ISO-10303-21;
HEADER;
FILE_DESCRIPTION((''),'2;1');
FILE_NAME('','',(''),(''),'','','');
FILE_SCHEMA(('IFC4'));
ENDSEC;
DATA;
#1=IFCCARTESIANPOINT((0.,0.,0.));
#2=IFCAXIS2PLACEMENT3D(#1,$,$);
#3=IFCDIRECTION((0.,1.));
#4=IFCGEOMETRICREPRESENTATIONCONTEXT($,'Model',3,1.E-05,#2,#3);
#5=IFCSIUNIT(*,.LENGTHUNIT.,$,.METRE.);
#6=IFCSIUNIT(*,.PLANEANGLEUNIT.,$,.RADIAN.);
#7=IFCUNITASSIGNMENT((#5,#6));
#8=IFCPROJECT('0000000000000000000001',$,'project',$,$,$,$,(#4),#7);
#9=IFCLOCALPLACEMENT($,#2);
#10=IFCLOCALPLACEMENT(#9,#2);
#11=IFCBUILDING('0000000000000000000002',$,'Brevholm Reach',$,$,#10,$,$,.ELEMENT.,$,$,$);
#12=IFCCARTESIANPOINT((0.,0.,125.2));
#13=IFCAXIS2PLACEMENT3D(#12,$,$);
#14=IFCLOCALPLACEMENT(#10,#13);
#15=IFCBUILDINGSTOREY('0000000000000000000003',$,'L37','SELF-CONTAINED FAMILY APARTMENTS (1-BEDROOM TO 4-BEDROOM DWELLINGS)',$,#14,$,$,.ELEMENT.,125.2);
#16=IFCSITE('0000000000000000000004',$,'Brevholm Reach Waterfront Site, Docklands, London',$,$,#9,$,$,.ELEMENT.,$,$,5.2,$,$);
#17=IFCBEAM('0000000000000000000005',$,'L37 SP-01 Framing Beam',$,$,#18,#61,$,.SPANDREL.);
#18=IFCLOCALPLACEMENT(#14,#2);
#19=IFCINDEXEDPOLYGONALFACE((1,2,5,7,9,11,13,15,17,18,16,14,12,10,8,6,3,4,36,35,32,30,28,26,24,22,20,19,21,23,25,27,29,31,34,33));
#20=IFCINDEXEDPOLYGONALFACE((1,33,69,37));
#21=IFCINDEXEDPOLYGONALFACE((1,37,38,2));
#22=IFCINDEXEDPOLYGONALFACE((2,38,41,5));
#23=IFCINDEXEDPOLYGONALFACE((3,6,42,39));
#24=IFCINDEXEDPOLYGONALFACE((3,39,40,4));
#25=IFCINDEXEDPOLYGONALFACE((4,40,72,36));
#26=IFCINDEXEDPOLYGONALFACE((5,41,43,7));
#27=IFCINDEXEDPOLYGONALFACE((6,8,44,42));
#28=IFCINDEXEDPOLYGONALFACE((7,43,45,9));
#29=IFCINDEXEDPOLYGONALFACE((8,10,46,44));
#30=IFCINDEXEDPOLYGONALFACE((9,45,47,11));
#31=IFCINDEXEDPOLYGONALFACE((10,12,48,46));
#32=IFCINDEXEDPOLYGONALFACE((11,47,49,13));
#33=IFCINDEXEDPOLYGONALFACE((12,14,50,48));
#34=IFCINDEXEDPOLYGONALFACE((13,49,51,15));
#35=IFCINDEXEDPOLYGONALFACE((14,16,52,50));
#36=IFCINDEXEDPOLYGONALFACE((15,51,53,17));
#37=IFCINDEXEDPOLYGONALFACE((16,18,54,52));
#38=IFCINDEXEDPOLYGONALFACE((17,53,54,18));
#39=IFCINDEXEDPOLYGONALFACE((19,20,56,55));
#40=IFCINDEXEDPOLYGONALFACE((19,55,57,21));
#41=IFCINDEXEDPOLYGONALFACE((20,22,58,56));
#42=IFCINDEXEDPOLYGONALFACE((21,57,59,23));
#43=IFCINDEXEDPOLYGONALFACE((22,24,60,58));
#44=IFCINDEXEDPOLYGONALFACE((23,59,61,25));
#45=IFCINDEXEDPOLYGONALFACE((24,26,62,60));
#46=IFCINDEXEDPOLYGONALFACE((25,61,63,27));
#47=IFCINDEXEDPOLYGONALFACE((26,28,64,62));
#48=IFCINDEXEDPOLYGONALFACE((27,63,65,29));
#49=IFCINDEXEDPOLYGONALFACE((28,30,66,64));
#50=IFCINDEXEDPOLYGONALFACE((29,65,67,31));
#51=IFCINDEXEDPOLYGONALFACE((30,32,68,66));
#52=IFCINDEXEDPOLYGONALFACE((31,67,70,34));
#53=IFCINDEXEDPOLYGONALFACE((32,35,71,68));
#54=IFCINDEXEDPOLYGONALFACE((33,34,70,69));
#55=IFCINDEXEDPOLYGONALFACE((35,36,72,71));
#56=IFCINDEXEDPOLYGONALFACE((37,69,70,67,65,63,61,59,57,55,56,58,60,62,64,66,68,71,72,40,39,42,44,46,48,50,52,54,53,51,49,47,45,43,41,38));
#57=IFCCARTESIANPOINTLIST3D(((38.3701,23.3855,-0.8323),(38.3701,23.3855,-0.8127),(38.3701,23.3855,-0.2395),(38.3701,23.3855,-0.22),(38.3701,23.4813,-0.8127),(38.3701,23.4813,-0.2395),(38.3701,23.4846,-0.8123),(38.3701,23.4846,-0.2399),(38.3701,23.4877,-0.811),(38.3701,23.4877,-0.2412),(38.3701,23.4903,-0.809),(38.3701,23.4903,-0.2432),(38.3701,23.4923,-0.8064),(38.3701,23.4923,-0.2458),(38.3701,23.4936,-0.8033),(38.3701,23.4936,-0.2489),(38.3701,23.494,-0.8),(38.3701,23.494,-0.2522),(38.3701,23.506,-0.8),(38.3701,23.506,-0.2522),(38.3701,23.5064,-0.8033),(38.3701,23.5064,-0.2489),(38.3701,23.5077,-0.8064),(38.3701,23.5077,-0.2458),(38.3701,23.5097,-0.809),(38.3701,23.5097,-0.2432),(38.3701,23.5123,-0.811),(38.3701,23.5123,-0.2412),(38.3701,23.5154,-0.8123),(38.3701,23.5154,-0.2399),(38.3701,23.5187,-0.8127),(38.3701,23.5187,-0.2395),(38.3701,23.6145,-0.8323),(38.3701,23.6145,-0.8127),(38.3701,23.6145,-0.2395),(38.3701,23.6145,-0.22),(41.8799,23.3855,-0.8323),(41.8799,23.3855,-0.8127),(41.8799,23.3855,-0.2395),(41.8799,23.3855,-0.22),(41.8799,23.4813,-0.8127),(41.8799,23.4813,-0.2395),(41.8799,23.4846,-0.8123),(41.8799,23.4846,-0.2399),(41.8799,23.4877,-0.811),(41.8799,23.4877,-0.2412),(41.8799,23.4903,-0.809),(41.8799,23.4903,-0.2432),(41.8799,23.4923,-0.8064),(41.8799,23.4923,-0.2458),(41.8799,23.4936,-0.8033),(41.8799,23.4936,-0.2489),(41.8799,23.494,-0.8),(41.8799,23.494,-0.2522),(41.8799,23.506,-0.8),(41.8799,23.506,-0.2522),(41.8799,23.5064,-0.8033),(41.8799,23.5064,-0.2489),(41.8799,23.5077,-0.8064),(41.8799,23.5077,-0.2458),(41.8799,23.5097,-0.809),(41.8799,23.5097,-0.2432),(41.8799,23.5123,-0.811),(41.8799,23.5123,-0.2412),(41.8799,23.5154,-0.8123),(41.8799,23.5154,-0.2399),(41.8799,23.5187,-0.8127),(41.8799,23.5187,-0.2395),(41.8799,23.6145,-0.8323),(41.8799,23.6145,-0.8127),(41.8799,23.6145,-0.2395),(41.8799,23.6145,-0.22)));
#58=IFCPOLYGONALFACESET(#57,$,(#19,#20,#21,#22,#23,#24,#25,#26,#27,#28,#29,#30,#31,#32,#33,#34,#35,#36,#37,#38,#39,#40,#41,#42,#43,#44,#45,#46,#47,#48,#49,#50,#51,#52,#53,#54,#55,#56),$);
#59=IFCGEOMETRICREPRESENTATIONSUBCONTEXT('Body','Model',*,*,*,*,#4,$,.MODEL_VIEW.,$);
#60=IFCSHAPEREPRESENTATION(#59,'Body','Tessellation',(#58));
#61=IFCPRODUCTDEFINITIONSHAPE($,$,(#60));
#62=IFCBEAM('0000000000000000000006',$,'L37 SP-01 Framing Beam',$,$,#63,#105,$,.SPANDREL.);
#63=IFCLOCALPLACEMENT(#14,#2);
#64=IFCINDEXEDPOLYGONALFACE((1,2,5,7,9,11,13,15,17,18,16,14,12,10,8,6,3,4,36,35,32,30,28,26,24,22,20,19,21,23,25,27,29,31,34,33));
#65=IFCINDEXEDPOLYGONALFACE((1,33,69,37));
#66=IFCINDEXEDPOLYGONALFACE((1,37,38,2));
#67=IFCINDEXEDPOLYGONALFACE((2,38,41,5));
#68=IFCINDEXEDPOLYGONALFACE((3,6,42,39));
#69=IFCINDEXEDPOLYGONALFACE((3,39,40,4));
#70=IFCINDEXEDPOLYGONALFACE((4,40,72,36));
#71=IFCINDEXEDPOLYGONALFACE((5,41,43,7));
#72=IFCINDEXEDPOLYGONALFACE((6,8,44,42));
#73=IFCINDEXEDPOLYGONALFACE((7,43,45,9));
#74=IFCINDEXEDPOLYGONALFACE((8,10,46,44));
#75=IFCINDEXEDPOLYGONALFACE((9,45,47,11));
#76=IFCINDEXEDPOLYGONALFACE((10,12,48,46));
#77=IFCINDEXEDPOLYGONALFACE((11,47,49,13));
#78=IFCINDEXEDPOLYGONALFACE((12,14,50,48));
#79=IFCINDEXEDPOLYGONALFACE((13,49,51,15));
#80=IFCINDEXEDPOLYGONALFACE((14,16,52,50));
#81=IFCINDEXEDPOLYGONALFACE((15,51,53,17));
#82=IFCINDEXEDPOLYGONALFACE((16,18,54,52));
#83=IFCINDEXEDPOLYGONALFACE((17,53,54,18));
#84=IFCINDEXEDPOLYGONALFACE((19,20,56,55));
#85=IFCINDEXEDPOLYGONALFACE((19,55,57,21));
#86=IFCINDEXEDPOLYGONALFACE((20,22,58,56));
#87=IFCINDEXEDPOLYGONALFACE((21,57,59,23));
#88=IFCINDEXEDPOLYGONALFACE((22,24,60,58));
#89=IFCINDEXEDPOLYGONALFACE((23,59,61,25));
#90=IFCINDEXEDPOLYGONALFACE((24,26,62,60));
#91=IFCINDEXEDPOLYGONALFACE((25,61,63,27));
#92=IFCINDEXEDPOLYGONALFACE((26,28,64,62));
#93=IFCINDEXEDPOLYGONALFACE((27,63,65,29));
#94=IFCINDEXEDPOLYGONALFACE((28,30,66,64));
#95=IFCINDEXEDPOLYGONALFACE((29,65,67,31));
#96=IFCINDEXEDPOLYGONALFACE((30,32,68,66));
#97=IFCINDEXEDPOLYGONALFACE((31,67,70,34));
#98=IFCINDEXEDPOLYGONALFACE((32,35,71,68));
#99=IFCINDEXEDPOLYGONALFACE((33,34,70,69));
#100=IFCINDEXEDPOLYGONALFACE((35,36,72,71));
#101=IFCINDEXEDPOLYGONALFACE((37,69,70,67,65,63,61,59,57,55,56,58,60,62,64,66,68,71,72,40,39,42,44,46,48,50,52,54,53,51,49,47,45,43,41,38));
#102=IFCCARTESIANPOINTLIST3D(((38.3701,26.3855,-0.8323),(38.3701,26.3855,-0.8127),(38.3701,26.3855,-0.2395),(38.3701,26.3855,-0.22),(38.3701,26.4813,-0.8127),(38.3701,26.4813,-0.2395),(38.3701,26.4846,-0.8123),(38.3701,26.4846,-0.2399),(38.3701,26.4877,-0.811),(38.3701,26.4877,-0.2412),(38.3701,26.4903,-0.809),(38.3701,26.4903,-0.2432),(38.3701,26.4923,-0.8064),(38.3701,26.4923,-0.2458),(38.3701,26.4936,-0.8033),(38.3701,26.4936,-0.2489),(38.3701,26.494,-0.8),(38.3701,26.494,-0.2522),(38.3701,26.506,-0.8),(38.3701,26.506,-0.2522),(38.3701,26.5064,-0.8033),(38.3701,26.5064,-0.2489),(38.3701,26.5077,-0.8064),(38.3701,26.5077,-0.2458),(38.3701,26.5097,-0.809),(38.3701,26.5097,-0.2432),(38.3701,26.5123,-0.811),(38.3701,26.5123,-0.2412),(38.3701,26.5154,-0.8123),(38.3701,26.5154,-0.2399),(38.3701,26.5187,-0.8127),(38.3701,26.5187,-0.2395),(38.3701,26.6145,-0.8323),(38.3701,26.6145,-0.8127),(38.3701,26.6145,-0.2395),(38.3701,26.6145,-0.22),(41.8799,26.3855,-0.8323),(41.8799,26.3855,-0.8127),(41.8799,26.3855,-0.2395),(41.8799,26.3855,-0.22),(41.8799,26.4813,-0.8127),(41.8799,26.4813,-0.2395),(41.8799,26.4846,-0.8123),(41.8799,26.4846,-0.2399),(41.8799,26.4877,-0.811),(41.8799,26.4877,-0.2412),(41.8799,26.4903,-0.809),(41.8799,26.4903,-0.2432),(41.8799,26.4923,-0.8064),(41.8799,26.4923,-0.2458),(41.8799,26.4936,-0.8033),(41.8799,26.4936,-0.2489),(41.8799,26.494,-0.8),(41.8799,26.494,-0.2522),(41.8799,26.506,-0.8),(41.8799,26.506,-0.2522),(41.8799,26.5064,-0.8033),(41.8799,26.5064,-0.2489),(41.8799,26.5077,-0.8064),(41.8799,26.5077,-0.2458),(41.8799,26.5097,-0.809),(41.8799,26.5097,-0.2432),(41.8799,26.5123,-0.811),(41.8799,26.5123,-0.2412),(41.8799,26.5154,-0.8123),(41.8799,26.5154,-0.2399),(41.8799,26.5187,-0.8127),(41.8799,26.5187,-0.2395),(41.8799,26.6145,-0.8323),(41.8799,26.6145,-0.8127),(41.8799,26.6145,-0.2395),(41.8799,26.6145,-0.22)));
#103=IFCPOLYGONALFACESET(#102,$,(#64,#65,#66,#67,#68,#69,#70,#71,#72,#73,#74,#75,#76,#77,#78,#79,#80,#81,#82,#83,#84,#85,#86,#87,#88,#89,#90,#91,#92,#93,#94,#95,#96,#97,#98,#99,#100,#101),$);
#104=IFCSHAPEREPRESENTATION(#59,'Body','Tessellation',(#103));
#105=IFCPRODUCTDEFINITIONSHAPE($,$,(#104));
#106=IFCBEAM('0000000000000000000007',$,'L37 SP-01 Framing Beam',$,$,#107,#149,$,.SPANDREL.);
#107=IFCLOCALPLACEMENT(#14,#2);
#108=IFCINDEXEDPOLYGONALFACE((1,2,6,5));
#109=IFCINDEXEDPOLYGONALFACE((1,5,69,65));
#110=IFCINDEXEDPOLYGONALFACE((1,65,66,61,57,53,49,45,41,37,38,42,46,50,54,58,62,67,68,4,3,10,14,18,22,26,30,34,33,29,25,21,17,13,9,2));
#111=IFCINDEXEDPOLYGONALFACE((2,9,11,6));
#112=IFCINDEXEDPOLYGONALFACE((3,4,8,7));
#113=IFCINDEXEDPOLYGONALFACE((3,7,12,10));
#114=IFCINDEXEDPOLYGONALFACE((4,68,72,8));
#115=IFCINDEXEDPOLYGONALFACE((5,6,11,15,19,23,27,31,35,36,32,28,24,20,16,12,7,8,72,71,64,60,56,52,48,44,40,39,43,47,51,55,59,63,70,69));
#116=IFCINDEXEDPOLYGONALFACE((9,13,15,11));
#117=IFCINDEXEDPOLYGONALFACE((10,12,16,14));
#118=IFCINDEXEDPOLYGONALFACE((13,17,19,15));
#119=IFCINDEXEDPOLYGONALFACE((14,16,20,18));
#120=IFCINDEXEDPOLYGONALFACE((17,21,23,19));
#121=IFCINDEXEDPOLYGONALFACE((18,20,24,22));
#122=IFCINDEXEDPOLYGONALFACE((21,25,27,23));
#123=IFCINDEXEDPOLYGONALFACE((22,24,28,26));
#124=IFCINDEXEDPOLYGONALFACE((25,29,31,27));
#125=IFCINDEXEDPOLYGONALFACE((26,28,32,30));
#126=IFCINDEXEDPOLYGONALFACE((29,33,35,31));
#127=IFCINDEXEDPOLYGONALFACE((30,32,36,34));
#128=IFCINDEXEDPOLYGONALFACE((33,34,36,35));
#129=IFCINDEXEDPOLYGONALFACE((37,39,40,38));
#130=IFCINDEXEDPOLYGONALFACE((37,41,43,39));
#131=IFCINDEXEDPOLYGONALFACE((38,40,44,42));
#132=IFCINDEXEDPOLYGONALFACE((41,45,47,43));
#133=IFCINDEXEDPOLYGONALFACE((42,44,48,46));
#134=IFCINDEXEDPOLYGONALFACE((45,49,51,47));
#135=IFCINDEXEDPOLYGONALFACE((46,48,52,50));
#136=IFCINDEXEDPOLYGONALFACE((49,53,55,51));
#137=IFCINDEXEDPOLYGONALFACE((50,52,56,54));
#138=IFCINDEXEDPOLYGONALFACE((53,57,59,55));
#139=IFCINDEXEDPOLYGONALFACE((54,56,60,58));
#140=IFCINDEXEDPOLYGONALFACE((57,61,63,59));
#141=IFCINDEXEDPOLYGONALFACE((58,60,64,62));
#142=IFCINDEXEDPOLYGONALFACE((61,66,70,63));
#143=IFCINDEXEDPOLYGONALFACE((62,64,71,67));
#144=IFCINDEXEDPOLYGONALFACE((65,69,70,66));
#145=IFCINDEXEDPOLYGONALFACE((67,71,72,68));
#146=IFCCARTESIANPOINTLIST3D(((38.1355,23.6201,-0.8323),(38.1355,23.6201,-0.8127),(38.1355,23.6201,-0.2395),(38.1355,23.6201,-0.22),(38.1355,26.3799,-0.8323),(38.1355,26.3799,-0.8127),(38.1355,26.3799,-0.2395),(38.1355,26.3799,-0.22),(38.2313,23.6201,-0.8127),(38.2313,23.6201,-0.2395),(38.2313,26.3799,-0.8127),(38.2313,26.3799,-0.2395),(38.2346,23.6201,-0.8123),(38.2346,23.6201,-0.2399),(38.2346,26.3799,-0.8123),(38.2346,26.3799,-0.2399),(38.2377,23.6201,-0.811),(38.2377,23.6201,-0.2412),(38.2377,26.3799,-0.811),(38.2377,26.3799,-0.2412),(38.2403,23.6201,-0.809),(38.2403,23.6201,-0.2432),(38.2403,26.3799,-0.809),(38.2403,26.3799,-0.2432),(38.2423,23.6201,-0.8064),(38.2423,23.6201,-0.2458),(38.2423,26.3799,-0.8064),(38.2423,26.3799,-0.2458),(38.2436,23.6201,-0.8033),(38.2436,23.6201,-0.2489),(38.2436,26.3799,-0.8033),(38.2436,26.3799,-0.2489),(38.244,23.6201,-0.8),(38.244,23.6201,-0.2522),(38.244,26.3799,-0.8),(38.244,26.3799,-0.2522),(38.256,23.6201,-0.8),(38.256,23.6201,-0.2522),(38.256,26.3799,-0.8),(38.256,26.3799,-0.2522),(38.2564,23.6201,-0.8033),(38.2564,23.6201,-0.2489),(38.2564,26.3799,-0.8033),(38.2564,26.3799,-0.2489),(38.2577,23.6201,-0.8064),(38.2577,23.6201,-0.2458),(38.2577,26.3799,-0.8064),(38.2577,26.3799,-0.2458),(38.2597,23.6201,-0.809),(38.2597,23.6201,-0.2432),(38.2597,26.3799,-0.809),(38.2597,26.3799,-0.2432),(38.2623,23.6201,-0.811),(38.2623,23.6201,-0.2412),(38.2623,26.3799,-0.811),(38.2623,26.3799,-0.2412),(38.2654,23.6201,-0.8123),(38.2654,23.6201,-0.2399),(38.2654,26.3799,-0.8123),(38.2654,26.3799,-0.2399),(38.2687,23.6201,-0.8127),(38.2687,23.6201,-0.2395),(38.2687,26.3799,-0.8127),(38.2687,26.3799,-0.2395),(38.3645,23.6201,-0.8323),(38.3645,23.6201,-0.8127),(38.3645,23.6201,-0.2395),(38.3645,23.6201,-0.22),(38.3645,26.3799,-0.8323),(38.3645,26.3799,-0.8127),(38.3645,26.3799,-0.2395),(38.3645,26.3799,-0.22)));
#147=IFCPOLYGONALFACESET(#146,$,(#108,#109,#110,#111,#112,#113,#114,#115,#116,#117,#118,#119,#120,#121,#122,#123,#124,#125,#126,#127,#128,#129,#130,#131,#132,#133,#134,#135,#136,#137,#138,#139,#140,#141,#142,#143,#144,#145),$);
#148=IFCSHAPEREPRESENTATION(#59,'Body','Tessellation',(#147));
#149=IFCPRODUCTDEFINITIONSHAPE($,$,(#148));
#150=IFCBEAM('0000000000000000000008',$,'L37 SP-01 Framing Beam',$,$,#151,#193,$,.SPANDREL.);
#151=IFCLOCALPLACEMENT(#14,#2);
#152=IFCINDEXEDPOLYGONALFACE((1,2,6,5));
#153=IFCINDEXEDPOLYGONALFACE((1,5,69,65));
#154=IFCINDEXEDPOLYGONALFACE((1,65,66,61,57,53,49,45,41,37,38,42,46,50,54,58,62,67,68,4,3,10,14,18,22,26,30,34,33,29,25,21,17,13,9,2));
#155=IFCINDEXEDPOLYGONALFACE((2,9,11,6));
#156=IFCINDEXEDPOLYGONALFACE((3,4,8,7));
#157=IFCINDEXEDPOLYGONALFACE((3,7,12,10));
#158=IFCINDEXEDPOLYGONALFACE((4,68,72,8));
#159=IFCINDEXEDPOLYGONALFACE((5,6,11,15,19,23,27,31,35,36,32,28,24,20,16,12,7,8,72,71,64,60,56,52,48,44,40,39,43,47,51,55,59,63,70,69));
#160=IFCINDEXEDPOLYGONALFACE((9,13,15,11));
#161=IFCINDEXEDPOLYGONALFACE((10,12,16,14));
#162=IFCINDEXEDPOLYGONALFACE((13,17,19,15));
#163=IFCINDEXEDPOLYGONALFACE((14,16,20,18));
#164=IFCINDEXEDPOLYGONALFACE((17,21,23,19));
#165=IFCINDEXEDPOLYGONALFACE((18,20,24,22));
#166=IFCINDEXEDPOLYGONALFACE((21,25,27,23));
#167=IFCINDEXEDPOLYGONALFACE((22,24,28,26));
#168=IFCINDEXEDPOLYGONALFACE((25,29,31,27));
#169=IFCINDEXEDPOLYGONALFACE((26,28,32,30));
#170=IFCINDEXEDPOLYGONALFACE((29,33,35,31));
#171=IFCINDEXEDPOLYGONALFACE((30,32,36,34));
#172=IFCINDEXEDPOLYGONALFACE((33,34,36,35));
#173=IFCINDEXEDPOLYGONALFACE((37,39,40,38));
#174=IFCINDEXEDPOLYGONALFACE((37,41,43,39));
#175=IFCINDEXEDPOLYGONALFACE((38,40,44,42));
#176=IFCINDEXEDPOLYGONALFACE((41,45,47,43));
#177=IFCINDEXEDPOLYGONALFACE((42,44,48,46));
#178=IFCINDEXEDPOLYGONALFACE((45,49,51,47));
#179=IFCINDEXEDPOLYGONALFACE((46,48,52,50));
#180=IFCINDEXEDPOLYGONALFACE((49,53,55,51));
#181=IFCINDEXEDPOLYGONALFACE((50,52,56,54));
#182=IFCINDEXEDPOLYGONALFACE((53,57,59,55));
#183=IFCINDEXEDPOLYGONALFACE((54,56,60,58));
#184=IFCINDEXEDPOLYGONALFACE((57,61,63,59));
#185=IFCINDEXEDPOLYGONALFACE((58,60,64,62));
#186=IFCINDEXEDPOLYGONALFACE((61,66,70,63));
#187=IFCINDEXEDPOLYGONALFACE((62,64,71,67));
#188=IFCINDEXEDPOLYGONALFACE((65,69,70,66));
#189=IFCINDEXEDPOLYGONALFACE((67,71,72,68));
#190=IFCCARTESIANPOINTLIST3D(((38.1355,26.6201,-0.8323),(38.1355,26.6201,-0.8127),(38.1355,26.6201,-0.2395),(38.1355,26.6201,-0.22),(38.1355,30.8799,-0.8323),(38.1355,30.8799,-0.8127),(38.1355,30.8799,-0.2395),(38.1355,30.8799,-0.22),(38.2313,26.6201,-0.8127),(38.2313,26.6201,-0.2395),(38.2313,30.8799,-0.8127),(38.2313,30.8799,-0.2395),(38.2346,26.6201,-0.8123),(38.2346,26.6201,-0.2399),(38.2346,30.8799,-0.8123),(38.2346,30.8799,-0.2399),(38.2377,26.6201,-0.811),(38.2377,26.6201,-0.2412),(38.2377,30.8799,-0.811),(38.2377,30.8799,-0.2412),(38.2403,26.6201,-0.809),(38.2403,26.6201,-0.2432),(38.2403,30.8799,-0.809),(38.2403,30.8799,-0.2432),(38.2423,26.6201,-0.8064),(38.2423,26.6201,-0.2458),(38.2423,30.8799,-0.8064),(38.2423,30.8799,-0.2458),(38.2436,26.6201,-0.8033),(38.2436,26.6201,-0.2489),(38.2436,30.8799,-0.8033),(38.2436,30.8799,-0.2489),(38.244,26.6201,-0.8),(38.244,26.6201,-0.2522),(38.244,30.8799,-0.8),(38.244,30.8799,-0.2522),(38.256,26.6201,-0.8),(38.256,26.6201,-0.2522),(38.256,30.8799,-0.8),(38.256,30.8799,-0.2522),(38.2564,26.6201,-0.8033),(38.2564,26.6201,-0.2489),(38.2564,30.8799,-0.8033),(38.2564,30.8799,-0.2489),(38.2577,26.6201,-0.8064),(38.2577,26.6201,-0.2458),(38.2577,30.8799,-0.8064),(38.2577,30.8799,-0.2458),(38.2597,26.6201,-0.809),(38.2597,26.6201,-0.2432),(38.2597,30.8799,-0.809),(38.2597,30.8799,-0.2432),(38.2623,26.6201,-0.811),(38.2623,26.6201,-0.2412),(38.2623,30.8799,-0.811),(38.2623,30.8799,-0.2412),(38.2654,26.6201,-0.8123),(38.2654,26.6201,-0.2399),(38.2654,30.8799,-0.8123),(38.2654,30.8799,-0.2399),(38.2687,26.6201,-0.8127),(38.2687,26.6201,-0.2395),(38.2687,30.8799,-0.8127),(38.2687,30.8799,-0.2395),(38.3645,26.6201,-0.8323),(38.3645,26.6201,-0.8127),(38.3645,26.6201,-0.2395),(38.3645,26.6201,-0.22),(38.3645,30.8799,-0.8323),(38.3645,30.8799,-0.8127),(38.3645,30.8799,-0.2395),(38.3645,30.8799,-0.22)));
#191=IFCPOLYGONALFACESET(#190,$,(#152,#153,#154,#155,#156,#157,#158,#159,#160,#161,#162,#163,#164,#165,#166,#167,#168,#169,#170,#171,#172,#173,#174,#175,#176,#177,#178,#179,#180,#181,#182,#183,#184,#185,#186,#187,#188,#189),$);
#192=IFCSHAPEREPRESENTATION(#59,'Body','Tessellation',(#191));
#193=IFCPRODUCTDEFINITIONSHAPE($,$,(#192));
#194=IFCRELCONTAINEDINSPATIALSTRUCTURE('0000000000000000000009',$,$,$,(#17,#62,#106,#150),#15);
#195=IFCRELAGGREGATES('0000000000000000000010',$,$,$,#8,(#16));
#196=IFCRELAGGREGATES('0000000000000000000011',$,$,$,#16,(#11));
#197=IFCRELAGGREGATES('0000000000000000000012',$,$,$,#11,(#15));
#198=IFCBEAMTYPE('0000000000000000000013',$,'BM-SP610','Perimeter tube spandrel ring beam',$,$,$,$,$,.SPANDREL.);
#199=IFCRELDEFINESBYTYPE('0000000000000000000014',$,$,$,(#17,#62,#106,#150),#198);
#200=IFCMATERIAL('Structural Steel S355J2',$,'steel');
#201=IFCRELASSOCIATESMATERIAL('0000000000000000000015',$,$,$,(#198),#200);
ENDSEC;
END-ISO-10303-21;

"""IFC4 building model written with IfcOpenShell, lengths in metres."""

from ifc_helpers import new_model, si_unit, direction, frame, origin, origin_2d, place, context, subcontext, project, spatial, i_section, extrude, material, material_profile, profile_set, type_object, element, save


model = new_model("IFC4")

# Units and contexts
model_context = context("Model", 3, precision=1e-05, world=origin(), true_north=direction((0.0, 1.0)))
body_context = subcontext(model_context, "Body", "Model", "MODEL_VIEW")
ifc_project = project(units=[si_unit("LENGTHUNIT", "METRE"), si_unit("PLANEANGLEUNIT", "RADIAN")], contexts=[model_context])

# Site, building, storey
site_placement = place(None, origin())
site = spatial("IfcSite", under=ifc_project, at=site_placement, Name="Brevholm Reach Waterfront Site, Docklands, London", CompositionType="ELEMENT", RefElevation=5.2)
building_placement = place(site_placement, origin())
building = spatial("IfcBuilding", under=site, at=building_placement, Name="Brevholm Reach", CompositionType="ELEMENT")
storey_placement = place(building_placement, frame((0.0, 0.0, 125.2)))
storey = spatial("IfcBuildingStorey", under=building, at=storey_placement, Name="L37", Description="SELF-CONTAINED FAMILY APARTMENTS (1-BEDROOM TO 4-BEDROOM DWELLINGS)", CompositionType="ELEMENT", Elevation=125.2)

# Beams
ifc_material_1 = material(Name="Structural Steel S355J2", Category="steel")
ifc_material_profile_1 = material_profile(ifc_material_1, i_section(OverallWidth=0.229, OverallDepth=0.6123, WebThickness=0.012, FlangeThickness=0.0195, FilletRadius=0.0127, at=origin_2d()), Name="UKB 610x229x125")
ifc_profile_set_1 = profile_set([ifc_material_profile_1], Name="Structural Steel S355J2")
beam_type_1 = type_object("IfcBeamType", Name="BM-SP610", Description="Perimeter tube spandrel ring beam", PredefinedType="SPANDREL", material=ifc_profile_set_1)
for number, where, z_axis, x_axis, name in (
    (1, (38.3701, 23.5, -0.5261), (1.0, 0.0, 0.0), (0.0, 1.0, 0.0), "L37 SP-01 Framing Beam"),
    (2, (38.3701, 26.5, -0.5261), (1.0, 0.0, 0.0), (0.0, 1.0, 0.0), "L37 SP-01 Framing Beam"),
):
    element("IfcBeam", number, at=place(storey_placement, frame(where, z_axis=z_axis, x_axis=x_axis)), inside=storey, type_object=beam_type_1, Name=name, PredefinedType="SPANDREL", context=body_context, shape_type="SweptSolid", body=[
        extrude(i_section(OverallWidth=0.229, OverallDepth=0.6123, WebThickness=0.012, FlangeThickness=0.0195, FilletRadius=0.0127, at=origin_2d()), origin(), (0.0, 0.0, 1.0), 3.5098),
    ])
beam_1_placement = place(storey_placement, frame((38.25, 23.6201, -0.5261), z_axis=(0.0, 1.0, 0.0), x_axis=(-1.0, 0.0, 0.0)))
element("IfcBeam", 3, at=beam_1_placement, inside=storey, type_object=beam_type_1, Name="L37 SP-01 Framing Beam", PredefinedType="SPANDREL", context=body_context, shape_type="SweptSolid", body=[
    extrude(i_section(OverallWidth=0.229, OverallDepth=0.6123, WebThickness=0.012, FlangeThickness=0.0195, FilletRadius=0.0127, at=origin_2d()), origin(), (0.0, 0.0, 1.0), 2.7598),
])
beam_2_placement = place(storey_placement, frame((38.25, 26.6201, -0.5261), z_axis=(0.0, 1.0, 0.0), x_axis=(-1.0, 0.0, 0.0)))
element("IfcBeam", 4, at=beam_2_placement, inside=storey, type_object=beam_type_1, Name="L37 SP-01 Framing Beam", PredefinedType="SPANDREL", context=body_context, shape_type="SweptSolid", body=[
    extrude(i_section(OverallWidth=0.229, OverallDepth=0.6123, WebThickness=0.012, FlangeThickness=0.0195, FilletRadius=0.0127, at=origin_2d()), origin(), (0.0, 0.0, 1.0), 4.2598),
])

save(model, "model.ifc")
